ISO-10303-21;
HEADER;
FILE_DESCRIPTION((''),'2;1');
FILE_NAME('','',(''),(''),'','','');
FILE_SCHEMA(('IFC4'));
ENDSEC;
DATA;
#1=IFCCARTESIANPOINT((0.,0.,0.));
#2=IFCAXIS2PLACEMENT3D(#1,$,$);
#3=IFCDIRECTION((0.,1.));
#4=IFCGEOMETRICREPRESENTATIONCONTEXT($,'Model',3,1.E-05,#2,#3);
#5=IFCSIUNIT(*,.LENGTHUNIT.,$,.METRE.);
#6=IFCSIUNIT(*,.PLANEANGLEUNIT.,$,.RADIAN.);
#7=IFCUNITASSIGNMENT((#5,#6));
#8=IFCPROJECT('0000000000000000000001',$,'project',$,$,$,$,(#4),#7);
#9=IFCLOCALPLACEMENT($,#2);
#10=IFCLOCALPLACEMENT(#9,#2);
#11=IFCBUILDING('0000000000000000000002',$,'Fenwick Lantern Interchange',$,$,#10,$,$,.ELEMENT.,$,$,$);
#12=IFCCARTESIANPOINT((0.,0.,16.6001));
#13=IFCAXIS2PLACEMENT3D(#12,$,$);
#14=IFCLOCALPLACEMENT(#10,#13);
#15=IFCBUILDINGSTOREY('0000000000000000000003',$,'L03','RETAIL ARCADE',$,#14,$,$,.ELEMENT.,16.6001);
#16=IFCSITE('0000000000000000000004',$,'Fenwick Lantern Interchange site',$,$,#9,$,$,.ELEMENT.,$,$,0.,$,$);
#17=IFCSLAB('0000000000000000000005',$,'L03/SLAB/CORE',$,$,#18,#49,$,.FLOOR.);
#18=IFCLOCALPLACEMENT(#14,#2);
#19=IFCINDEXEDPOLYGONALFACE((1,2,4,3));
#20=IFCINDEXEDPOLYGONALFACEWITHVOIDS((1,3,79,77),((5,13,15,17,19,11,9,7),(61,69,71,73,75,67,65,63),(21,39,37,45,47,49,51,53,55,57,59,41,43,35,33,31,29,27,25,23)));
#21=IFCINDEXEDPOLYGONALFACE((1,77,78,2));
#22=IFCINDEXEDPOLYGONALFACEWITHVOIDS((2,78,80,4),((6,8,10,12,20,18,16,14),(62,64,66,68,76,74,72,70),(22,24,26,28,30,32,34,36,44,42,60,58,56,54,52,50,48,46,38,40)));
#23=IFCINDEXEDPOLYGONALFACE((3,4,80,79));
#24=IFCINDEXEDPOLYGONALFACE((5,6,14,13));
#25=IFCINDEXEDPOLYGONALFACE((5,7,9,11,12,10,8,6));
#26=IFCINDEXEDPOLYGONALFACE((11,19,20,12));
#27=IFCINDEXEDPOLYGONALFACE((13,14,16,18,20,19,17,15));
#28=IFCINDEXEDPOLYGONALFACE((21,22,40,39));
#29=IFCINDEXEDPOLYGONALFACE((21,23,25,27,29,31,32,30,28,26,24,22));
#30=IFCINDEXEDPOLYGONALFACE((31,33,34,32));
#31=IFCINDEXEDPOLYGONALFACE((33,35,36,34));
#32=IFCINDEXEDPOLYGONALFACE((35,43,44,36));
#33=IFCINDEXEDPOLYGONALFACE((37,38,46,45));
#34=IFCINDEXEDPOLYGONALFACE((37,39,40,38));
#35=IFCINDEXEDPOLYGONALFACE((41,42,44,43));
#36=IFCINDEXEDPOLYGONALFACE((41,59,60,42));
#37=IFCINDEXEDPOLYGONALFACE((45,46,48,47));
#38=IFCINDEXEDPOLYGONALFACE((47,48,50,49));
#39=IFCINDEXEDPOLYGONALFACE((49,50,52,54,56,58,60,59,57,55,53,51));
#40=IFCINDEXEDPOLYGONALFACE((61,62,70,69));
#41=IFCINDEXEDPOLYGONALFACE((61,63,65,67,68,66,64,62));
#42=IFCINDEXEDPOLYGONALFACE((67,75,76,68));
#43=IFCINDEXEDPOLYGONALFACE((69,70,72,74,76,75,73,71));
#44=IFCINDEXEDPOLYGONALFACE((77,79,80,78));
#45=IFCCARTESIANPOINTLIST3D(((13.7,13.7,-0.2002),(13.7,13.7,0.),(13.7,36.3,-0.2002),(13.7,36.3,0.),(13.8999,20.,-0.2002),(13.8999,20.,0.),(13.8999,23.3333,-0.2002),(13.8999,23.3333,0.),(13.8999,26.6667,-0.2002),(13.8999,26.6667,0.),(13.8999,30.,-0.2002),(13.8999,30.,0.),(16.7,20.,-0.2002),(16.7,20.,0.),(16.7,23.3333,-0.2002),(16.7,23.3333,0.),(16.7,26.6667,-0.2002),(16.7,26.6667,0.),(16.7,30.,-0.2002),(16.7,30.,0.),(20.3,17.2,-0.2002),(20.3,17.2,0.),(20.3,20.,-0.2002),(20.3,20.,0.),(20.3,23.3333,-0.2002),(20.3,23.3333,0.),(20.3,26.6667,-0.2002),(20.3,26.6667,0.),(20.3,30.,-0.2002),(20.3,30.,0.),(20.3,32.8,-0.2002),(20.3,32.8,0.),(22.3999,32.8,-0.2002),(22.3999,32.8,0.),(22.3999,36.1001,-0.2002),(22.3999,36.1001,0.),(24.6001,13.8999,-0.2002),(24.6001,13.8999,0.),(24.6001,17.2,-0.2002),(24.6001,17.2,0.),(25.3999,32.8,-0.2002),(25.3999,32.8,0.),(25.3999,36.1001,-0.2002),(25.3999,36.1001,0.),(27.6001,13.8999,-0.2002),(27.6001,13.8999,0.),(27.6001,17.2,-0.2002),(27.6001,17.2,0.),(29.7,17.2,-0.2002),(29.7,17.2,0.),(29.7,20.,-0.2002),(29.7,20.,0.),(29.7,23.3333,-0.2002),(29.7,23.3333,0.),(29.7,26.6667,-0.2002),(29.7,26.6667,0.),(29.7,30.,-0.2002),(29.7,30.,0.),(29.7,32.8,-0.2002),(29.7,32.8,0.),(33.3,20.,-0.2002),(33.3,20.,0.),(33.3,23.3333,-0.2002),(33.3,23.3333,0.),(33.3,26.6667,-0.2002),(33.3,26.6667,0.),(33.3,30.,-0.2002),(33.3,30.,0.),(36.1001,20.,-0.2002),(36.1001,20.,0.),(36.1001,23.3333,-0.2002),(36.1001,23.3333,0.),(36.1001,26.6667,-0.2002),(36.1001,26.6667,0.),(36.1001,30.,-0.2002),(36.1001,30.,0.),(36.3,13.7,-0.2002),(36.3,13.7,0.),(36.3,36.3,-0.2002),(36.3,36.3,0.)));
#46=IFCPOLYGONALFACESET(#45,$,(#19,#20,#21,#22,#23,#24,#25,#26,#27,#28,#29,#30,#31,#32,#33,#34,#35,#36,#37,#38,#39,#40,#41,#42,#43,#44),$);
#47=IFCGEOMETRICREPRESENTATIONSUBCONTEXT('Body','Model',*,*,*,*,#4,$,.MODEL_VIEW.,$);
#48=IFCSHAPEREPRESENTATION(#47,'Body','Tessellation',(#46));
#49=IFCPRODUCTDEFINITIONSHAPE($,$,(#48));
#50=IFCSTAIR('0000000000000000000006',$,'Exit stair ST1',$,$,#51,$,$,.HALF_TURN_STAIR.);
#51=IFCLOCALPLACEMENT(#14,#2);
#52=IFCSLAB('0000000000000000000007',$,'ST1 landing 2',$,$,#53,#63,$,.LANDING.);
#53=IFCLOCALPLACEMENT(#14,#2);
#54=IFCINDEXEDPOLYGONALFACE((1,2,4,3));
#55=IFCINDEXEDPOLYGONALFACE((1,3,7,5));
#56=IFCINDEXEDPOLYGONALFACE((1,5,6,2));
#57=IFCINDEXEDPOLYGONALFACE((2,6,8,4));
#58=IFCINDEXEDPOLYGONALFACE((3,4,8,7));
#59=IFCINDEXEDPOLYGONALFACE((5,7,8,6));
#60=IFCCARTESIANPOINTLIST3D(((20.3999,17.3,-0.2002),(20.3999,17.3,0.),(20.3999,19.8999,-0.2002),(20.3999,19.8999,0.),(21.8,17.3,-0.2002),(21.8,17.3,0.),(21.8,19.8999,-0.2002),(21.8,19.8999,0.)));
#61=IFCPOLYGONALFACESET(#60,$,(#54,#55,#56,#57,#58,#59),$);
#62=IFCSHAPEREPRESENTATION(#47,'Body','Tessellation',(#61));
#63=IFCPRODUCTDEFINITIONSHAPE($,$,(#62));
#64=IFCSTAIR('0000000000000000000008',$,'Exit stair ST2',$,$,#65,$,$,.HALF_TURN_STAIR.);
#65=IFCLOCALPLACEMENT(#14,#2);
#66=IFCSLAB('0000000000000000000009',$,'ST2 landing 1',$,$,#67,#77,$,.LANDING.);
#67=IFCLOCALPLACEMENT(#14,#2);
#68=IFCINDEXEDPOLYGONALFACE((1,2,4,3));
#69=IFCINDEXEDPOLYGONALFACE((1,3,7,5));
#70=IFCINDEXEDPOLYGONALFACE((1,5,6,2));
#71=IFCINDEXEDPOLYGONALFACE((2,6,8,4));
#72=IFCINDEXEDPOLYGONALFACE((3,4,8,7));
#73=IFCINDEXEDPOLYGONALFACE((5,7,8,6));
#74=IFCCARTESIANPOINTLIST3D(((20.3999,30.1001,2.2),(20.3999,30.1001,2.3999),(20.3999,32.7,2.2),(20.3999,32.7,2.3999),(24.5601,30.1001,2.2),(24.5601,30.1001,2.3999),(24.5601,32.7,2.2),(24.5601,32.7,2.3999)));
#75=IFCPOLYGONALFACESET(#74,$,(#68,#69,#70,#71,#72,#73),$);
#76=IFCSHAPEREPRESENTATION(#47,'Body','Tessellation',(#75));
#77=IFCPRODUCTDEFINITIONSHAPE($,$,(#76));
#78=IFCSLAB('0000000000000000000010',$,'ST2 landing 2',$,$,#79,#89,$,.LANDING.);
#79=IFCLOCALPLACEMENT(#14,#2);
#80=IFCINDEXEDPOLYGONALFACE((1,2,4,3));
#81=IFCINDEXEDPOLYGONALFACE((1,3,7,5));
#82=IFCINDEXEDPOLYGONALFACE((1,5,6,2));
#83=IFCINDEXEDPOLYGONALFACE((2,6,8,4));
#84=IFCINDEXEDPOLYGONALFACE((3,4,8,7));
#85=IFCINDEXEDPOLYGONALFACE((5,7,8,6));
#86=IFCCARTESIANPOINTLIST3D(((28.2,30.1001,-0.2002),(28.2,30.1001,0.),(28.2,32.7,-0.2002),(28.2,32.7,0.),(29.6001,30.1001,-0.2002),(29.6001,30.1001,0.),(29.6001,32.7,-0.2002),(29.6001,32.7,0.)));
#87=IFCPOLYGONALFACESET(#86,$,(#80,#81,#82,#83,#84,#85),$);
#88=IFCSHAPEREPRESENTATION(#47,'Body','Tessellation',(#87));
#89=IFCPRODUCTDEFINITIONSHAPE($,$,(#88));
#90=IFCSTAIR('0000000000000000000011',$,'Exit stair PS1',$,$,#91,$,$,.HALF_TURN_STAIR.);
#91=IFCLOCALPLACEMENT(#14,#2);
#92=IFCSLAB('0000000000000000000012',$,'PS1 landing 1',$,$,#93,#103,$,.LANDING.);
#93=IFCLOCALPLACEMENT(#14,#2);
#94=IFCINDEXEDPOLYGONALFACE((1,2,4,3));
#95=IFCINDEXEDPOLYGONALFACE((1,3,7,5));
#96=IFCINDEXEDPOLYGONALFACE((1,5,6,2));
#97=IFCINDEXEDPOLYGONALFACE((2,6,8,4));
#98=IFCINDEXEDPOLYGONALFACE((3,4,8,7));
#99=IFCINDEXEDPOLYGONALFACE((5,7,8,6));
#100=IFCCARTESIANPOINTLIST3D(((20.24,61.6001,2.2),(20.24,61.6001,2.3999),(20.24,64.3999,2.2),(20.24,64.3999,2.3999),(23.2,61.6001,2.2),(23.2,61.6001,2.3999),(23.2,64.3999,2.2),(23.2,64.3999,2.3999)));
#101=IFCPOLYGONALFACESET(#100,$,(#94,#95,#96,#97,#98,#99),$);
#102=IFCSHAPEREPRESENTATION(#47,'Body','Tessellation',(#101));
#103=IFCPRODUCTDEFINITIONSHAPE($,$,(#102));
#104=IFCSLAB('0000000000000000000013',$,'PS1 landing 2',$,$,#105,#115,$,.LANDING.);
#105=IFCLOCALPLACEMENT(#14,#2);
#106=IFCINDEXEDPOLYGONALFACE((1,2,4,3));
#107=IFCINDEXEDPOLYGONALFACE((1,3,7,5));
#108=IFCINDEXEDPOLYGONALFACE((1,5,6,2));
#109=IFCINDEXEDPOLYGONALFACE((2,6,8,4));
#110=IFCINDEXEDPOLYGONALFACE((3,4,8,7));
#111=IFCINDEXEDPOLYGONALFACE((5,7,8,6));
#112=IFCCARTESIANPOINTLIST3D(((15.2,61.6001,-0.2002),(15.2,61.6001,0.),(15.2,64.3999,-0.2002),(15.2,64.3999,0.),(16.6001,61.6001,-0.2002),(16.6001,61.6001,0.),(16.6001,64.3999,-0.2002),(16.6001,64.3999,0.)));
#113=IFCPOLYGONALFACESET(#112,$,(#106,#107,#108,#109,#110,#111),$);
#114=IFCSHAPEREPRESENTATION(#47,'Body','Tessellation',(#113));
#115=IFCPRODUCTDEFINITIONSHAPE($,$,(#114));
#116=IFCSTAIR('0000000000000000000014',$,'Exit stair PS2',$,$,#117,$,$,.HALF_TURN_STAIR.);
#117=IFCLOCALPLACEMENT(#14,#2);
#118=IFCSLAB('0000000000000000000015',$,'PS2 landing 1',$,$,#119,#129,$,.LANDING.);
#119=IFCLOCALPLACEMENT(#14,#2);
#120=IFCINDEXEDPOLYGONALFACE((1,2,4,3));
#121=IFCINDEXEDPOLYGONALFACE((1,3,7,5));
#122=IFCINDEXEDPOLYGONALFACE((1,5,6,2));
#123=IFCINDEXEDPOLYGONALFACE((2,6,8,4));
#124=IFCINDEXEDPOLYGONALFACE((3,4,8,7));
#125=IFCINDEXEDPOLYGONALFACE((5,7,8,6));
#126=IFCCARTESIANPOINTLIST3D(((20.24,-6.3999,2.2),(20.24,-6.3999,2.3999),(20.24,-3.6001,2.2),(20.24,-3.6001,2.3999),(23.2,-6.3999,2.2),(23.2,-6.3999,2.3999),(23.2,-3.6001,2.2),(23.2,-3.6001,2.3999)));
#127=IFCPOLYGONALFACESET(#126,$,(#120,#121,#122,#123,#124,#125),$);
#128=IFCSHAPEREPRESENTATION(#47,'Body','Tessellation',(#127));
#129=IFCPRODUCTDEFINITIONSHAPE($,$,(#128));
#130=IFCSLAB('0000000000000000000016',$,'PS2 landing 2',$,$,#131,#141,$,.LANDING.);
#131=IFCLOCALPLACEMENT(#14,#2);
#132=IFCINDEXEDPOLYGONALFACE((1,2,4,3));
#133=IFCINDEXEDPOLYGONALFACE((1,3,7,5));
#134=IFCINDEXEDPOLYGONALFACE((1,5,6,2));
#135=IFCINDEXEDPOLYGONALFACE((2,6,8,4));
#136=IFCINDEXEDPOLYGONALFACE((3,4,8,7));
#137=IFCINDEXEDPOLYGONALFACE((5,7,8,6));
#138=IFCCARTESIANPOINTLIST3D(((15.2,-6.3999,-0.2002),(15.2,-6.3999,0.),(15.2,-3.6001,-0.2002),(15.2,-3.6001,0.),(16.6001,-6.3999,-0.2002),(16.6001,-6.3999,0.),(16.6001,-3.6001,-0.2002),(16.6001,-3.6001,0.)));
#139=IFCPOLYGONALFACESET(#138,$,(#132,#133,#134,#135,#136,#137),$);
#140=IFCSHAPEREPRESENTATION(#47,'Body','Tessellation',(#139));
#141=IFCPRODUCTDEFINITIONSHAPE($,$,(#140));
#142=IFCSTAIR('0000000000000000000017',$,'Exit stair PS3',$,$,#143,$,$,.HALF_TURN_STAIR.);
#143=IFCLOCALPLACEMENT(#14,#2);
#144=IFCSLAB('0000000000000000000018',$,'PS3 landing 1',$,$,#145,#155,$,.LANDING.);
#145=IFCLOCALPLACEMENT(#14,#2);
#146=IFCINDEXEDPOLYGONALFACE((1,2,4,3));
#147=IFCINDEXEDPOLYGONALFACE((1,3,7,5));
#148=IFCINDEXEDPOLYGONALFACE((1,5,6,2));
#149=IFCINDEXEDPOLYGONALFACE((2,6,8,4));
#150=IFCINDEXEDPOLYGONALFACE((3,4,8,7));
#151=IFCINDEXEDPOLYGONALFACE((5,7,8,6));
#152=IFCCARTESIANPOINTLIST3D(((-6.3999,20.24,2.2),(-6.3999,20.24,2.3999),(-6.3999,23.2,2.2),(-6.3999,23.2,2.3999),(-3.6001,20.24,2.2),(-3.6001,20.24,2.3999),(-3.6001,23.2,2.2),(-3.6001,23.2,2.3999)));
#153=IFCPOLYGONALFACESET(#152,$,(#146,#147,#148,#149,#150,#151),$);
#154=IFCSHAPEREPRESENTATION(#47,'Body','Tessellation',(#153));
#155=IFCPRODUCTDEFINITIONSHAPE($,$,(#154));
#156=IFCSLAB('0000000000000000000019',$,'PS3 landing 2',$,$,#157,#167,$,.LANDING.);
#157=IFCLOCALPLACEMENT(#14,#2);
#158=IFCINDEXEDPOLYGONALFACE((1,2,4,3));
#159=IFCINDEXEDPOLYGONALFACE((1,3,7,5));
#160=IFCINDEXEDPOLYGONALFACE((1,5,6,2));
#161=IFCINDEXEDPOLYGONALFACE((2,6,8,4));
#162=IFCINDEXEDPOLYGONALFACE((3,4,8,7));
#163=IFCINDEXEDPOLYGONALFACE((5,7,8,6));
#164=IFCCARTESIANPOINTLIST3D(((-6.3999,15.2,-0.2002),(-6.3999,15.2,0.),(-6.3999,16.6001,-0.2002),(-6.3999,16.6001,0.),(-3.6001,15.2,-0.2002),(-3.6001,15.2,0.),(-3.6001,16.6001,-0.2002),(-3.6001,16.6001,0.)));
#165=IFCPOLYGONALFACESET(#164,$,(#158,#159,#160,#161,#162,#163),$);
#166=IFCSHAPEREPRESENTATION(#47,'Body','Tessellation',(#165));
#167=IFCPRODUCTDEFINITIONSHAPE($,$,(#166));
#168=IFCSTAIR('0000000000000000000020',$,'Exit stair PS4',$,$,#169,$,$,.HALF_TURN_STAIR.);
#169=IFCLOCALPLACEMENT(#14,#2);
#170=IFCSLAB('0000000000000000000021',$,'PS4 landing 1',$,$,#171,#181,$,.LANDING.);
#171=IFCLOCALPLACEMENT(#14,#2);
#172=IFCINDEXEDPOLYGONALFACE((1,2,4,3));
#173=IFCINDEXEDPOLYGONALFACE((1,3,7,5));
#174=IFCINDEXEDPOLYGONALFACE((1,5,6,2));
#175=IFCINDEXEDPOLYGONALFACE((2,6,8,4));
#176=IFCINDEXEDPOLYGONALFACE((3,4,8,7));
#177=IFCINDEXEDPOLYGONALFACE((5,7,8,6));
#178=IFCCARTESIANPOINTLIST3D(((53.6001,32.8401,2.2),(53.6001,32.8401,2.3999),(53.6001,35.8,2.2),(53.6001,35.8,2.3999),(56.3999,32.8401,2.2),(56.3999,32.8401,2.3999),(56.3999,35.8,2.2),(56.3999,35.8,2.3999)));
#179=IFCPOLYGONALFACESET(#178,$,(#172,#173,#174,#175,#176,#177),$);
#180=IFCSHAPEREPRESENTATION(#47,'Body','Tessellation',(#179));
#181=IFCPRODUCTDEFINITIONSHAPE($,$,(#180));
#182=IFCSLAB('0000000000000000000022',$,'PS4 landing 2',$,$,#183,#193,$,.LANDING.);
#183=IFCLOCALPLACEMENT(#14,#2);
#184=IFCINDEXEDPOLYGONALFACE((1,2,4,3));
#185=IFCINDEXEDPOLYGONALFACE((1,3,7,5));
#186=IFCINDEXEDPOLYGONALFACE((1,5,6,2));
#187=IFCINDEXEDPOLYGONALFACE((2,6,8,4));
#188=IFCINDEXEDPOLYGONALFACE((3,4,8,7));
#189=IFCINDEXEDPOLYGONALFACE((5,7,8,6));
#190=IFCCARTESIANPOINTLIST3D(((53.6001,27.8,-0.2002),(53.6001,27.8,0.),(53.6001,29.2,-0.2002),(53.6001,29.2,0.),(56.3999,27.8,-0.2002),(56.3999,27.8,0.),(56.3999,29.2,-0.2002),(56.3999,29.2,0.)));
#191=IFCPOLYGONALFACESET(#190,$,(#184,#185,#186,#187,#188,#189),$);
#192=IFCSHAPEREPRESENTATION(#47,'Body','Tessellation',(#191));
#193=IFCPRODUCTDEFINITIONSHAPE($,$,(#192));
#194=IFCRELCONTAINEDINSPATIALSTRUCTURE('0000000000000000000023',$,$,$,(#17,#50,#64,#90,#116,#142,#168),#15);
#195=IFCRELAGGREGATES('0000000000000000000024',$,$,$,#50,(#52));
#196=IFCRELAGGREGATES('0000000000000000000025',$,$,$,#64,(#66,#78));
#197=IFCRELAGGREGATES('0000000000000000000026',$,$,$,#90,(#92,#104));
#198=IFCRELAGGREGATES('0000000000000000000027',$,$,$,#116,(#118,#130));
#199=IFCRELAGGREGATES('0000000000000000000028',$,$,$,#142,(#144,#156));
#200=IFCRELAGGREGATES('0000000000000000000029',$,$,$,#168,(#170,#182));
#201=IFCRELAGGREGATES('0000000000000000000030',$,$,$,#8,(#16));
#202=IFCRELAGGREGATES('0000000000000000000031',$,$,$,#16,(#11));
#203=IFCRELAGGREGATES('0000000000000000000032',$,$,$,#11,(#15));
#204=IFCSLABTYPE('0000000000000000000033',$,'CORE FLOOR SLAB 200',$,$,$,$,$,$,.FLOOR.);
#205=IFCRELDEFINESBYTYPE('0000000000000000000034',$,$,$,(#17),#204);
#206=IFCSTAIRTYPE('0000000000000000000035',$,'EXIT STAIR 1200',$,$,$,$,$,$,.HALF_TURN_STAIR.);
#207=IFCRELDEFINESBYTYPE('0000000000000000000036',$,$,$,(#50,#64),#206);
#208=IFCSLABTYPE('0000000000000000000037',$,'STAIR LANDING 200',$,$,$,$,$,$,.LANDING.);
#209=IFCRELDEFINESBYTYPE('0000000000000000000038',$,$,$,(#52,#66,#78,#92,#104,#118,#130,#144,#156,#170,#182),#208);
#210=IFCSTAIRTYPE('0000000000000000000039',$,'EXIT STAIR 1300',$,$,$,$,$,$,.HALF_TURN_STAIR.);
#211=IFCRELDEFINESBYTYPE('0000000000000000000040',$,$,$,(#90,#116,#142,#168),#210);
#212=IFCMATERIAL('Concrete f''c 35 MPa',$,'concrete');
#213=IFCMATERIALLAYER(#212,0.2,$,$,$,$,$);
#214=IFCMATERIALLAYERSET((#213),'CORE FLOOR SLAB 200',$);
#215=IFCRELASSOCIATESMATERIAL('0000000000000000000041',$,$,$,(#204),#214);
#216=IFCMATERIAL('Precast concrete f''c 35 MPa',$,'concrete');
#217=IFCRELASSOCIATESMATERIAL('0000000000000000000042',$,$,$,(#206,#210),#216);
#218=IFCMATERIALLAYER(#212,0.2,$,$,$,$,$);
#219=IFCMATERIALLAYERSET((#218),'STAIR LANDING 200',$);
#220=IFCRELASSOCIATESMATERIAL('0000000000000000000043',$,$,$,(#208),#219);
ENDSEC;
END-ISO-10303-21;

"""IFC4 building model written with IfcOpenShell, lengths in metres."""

from ifc_helpers import new_model, si_unit, direction, frame, origin, place, context, subcontext, project, spatial, polyline, outline, extrude, material, layer, layer_set, type_object, element, aggregate, save


model = new_model("IFC4")

# Units and contexts
model_context = context("Model", 3, precision=1e-05, world=origin(), true_north=direction((0.0, 1.0)))
body_context = subcontext(model_context, "Body", "Model", "MODEL_VIEW")
ifc_project = project(units=[si_unit("LENGTHUNIT", "METRE"), si_unit("PLANEANGLEUNIT", "RADIAN")], contexts=[model_context])

# Site, building, storey
site_placement = place(None, origin())
site = spatial("IfcSite", under=ifc_project, at=site_placement, Name="Fenwick Lantern Interchange site", CompositionType="ELEMENT", RefElevation=0.0)
building_placement = place(site_placement, origin())
building = spatial("IfcBuilding", under=site, at=building_placement, Name="Fenwick Lantern Interchange", CompositionType="ELEMENT")
storey_placement = place(building_placement, frame((0.0, 0.0, 16.6001)))
storey = spatial("IfcBuildingStorey", under=building, at=storey_placement, Name="L03", Description="RETAIL ARCADE", CompositionType="ELEMENT", Elevation=16.6001)

# Slab
ifc_material_1 = material(Name="Concrete f'c 35 MPa", Category="concrete")
ifc_layer_1 = layer(ifc_material_1, 0.2)
ifc_layer_set_1 = layer_set([ifc_layer_1], Name="CORE FLOOR SLAB 200")
slab_type_1 = type_object("IfcSlabType", Name="CORE FLOOR SLAB 200", PredefinedType="FLOOR", material=ifc_layer_set_1)
slab_1_placement = place(storey_placement, frame((0.0, 0.0, -0.2002)))
element("IfcSlab", 1, at=slab_1_placement, inside=storey, type_object=slab_type_1, Name="L03/SLAB/CORE", PredefinedType="FLOOR", context=body_context, shape_type="SweptSolid", body=[
    extrude(outline(polyline([(13.7, 36.3), (36.3, 36.3), (36.3, 13.7), (13.7, 13.7), (13.7, 36.3)]), holes=[polyline([(13.8999, 20.0), (16.7, 20.0), (16.7, 23.3333), (16.7, 26.6667), (16.7, 30.0), (13.8999, 30.0), (13.8999, 26.6667), (13.8999, 23.3333), (13.8999, 20.0)]), polyline([(20.3, 20.0), (20.3, 17.2), (24.6001, 17.2), (24.6001, 13.8999), (27.6001, 13.8999), (27.6001, 17.2), (29.7, 17.2), (29.7, 20.0), (29.7, 23.3333), (29.7, 26.6667), (29.7, 30.0), (29.7, 32.8), (25.3999, 32.8), (25.3999, 36.1001), (22.3999, 36.1001), (22.3999, 32.8), (20.3, 32.8), (20.3, 30.0), (20.3, 26.6667), (20.3, 23.3333), (20.3, 20.0)]), polyline([(33.3, 23.3333), (33.3, 20.0), (36.1001, 20.0), (36.1001, 23.3333), (36.1001, 26.6667), (36.1001, 30.0), (33.3, 30.0), (33.3, 26.6667), (33.3, 23.3333)])]), origin(), (0.0, 0.0, 1.0), 0.2002),
])

# Stair, slab
ifc_material_2 = material(Name="Precast concrete f'c 35 MPa", Category="concrete")
stair_type_1 = type_object("IfcStairType", Name="EXIT STAIR 1200", PredefinedType="HALF_TURN_STAIR", material=ifc_material_2)
stair_1_placement = place(storey_placement, origin())
stair_1 = element("IfcStair", 2, at=stair_1_placement, inside=storey, type_object=stair_type_1, Name="Exit stair ST1", PredefinedType="HALF_TURN_STAIR")
ifc_layer_2 = layer(ifc_material_1, 0.2)
ifc_layer_set_2 = layer_set([ifc_layer_2], Name="STAIR LANDING 200")
slab_type_2 = type_object("IfcSlabType", Name="STAIR LANDING 200", PredefinedType="LANDING", material=ifc_layer_set_2)
slab_2_placement = place(storey_placement, frame((0.0, 0.0, -0.2002)))
slab_2 = element("IfcSlab", 3, at=slab_2_placement, type_object=slab_type_2, Name="ST1 landing 2", PredefinedType="LANDING", context=body_context, shape_type="SweptSolid", body=[
    extrude(outline(polyline([(20.3999, 17.3), (21.8, 17.3), (21.8, 19.8999), (20.3999, 19.8999), (20.3999, 17.3)])), origin(), (0.0, 0.0, 1.0), 0.2002),
])
aggregate(stair_1, [slab_2])

# Stairs, slabs
stair_2_placement = place(storey_placement, origin())
stair_2 = element("IfcStair", 4, at=stair_2_placement, inside=storey, type_object=stair_type_1, Name="Exit stair ST2", PredefinedType="HALF_TURN_STAIR")
slab_3_placement = place(storey_placement, frame((0.0, 0.0, 2.2)))
slab_3 = element("IfcSlab", 5, at=slab_3_placement, type_object=slab_type_2, Name="ST2 landing 1", PredefinedType="LANDING", context=body_context, shape_type="SweptSolid", body=[
    extrude(outline(polyline([(24.5601, 32.7), (20.3999, 32.7), (20.3999, 30.1001), (24.5601, 30.1001), (24.5601, 32.7)])), origin(), (0.0, 0.0, 1.0), 0.2),
])
slab_4_placement = place(storey_placement, frame((0.0, 0.0, -0.2002)))
slab_4 = element("IfcSlab", 6, at=slab_4_placement, type_object=slab_type_2, Name="ST2 landing 2", PredefinedType="LANDING", context=body_context, shape_type="SweptSolid", body=[
    extrude(outline(polyline([(29.6001, 32.7), (28.2, 32.7), (28.2, 30.1001), (29.6001, 30.1001), (29.6001, 32.7)])), origin(), (0.0, 0.0, 1.0), 0.2002),
])
aggregate(stair_2, [slab_3, slab_4])
stair_type_2 = type_object("IfcStairType", Name="EXIT STAIR 1300", PredefinedType="HALF_TURN_STAIR", material=ifc_material_2)
stair_3_placement = place(storey_placement, origin())
stair_3 = element("IfcStair", 7, at=stair_3_placement, inside=storey, type_object=stair_type_2, Name="Exit stair PS1", PredefinedType="HALF_TURN_STAIR")
slab_5_placement = place(storey_placement, frame((0.0, 0.0, 2.2)))
slab_5 = element("IfcSlab", 8, at=slab_5_placement, type_object=slab_type_2, Name="PS1 landing 1", PredefinedType="LANDING", context=body_context, shape_type="SweptSolid", body=[
    extrude(outline(polyline([(20.24, 61.6001), (23.2, 61.6001), (23.2, 64.3999), (20.24, 64.3999), (20.24, 61.6001)])), origin(), (0.0, 0.0, 1.0), 0.2),
])
slab_6_placement = place(storey_placement, frame((0.0, 0.0, -0.2002)))
slab_6 = element("IfcSlab", 9, at=slab_6_placement, type_object=slab_type_2, Name="PS1 landing 2", PredefinedType="LANDING", context=body_context, shape_type="SweptSolid", body=[
    extrude(outline(polyline([(15.2, 61.6001), (16.6001, 61.6001), (16.6001, 64.3999), (15.2, 64.3999), (15.2, 61.6001)])), origin(), (0.0, 0.0, 1.0), 0.2002),
])
aggregate(stair_3, [slab_5, slab_6])
stair_4_placement = place(storey_placement, origin())
stair_4 = element("IfcStair", 10, at=stair_4_placement, inside=storey, type_object=stair_type_2, Name="Exit stair PS2", PredefinedType="HALF_TURN_STAIR")
slab_7_placement = place(storey_placement, frame((0.0, 0.0, 2.2)))
slab_7 = element("IfcSlab", 11, at=slab_7_placement, type_object=slab_type_2, Name="PS2 landing 1", PredefinedType="LANDING", context=body_context, shape_type="SweptSolid", body=[
    extrude(outline(polyline([(20.24, -6.3999), (23.2, -6.3999), (23.2, -3.6001), (20.24, -3.6001), (20.24, -6.3999)])), origin(), (0.0, 0.0, 1.0), 0.2),
])
slab_8_placement = place(storey_placement, frame((0.0, 0.0, -0.2002)))
slab_8 = element("IfcSlab", 12, at=slab_8_placement, type_object=slab_type_2, Name="PS2 landing 2", PredefinedType="LANDING", context=body_context, shape_type="SweptSolid", body=[
    extrude(outline(polyline([(15.2, -6.3999), (16.6001, -6.3999), (16.6001, -3.6001), (15.2, -3.6001), (15.2, -6.3999)])), origin(), (0.0, 0.0, 1.0), 0.2002),
])
aggregate(stair_4, [slab_7, slab_8])
stair_5_placement = place(storey_placement, origin())
stair_5 = element("IfcStair", 13, at=stair_5_placement, inside=storey, type_object=stair_type_2, Name="Exit stair PS3", PredefinedType="HALF_TURN_STAIR")
slab_9_placement = place(storey_placement, frame((0.0, 0.0, 2.2)))
slab_9 = element("IfcSlab", 14, at=slab_9_placement, type_object=slab_type_2, Name="PS3 landing 1", PredefinedType="LANDING", context=body_context, shape_type="SweptSolid", body=[
    extrude(outline(polyline([(-6.3999, 20.24), (-3.6001, 20.24), (-3.6001, 23.2), (-6.3999, 23.2), (-6.3999, 20.24)])), origin(), (0.0, 0.0, 1.0), 0.2),
])
slab_10_placement = place(storey_placement, frame((0.0, 0.0, -0.2002)))
slab_10 = element("IfcSlab", 15, at=slab_10_placement, type_object=slab_type_2, Name="PS3 landing 2", PredefinedType="LANDING", context=body_context, shape_type="SweptSolid", body=[
    extrude(outline(polyline([(-6.3999, 15.2), (-3.6001, 15.2), (-3.6001, 16.6001), (-6.3999, 16.6001), (-6.3999, 15.2)])), origin(), (0.0, 0.0, 1.0), 0.2002),
])
aggregate(stair_5, [slab_9, slab_10])
stair_6_placement = place(storey_placement, origin())
stair_6 = element("IfcStair", 16, at=stair_6_placement, inside=storey, type_object=stair_type_2, Name="Exit stair PS4", PredefinedType="HALF_TURN_STAIR")
slab_11_placement = place(storey_placement, frame((0.0, 0.0, 2.2)))
slab_11 = element("IfcSlab", 17, at=slab_11_placement, type_object=slab_type_2, Name="PS4 landing 1", PredefinedType="LANDING", context=body_context, shape_type="SweptSolid", body=[
    extrude(outline(polyline([(53.6001, 32.8401), (56.3999, 32.8401), (56.3999, 35.8), (53.6001, 35.8), (53.6001, 32.8401)])), origin(), (0.0, 0.0, 1.0), 0.2),
])
slab_12_placement = place(storey_placement, frame((0.0, 0.0, -0.2002)))
slab_12 = element("IfcSlab", 18, at=slab_12_placement, type_object=slab_type_2, Name="PS4 landing 2", PredefinedType="LANDING", context=body_context, shape_type="SweptSolid", body=[
    extrude(outline(polyline([(53.6001, 27.8), (56.3999, 27.8), (56.3999, 29.2), (53.6001, 29.2), (53.6001, 27.8)])), origin(), (0.0, 0.0, 1.0), 0.2002),
])
aggregate(stair_6, [slab_11, slab_12])

save(model, "model.ifc")
